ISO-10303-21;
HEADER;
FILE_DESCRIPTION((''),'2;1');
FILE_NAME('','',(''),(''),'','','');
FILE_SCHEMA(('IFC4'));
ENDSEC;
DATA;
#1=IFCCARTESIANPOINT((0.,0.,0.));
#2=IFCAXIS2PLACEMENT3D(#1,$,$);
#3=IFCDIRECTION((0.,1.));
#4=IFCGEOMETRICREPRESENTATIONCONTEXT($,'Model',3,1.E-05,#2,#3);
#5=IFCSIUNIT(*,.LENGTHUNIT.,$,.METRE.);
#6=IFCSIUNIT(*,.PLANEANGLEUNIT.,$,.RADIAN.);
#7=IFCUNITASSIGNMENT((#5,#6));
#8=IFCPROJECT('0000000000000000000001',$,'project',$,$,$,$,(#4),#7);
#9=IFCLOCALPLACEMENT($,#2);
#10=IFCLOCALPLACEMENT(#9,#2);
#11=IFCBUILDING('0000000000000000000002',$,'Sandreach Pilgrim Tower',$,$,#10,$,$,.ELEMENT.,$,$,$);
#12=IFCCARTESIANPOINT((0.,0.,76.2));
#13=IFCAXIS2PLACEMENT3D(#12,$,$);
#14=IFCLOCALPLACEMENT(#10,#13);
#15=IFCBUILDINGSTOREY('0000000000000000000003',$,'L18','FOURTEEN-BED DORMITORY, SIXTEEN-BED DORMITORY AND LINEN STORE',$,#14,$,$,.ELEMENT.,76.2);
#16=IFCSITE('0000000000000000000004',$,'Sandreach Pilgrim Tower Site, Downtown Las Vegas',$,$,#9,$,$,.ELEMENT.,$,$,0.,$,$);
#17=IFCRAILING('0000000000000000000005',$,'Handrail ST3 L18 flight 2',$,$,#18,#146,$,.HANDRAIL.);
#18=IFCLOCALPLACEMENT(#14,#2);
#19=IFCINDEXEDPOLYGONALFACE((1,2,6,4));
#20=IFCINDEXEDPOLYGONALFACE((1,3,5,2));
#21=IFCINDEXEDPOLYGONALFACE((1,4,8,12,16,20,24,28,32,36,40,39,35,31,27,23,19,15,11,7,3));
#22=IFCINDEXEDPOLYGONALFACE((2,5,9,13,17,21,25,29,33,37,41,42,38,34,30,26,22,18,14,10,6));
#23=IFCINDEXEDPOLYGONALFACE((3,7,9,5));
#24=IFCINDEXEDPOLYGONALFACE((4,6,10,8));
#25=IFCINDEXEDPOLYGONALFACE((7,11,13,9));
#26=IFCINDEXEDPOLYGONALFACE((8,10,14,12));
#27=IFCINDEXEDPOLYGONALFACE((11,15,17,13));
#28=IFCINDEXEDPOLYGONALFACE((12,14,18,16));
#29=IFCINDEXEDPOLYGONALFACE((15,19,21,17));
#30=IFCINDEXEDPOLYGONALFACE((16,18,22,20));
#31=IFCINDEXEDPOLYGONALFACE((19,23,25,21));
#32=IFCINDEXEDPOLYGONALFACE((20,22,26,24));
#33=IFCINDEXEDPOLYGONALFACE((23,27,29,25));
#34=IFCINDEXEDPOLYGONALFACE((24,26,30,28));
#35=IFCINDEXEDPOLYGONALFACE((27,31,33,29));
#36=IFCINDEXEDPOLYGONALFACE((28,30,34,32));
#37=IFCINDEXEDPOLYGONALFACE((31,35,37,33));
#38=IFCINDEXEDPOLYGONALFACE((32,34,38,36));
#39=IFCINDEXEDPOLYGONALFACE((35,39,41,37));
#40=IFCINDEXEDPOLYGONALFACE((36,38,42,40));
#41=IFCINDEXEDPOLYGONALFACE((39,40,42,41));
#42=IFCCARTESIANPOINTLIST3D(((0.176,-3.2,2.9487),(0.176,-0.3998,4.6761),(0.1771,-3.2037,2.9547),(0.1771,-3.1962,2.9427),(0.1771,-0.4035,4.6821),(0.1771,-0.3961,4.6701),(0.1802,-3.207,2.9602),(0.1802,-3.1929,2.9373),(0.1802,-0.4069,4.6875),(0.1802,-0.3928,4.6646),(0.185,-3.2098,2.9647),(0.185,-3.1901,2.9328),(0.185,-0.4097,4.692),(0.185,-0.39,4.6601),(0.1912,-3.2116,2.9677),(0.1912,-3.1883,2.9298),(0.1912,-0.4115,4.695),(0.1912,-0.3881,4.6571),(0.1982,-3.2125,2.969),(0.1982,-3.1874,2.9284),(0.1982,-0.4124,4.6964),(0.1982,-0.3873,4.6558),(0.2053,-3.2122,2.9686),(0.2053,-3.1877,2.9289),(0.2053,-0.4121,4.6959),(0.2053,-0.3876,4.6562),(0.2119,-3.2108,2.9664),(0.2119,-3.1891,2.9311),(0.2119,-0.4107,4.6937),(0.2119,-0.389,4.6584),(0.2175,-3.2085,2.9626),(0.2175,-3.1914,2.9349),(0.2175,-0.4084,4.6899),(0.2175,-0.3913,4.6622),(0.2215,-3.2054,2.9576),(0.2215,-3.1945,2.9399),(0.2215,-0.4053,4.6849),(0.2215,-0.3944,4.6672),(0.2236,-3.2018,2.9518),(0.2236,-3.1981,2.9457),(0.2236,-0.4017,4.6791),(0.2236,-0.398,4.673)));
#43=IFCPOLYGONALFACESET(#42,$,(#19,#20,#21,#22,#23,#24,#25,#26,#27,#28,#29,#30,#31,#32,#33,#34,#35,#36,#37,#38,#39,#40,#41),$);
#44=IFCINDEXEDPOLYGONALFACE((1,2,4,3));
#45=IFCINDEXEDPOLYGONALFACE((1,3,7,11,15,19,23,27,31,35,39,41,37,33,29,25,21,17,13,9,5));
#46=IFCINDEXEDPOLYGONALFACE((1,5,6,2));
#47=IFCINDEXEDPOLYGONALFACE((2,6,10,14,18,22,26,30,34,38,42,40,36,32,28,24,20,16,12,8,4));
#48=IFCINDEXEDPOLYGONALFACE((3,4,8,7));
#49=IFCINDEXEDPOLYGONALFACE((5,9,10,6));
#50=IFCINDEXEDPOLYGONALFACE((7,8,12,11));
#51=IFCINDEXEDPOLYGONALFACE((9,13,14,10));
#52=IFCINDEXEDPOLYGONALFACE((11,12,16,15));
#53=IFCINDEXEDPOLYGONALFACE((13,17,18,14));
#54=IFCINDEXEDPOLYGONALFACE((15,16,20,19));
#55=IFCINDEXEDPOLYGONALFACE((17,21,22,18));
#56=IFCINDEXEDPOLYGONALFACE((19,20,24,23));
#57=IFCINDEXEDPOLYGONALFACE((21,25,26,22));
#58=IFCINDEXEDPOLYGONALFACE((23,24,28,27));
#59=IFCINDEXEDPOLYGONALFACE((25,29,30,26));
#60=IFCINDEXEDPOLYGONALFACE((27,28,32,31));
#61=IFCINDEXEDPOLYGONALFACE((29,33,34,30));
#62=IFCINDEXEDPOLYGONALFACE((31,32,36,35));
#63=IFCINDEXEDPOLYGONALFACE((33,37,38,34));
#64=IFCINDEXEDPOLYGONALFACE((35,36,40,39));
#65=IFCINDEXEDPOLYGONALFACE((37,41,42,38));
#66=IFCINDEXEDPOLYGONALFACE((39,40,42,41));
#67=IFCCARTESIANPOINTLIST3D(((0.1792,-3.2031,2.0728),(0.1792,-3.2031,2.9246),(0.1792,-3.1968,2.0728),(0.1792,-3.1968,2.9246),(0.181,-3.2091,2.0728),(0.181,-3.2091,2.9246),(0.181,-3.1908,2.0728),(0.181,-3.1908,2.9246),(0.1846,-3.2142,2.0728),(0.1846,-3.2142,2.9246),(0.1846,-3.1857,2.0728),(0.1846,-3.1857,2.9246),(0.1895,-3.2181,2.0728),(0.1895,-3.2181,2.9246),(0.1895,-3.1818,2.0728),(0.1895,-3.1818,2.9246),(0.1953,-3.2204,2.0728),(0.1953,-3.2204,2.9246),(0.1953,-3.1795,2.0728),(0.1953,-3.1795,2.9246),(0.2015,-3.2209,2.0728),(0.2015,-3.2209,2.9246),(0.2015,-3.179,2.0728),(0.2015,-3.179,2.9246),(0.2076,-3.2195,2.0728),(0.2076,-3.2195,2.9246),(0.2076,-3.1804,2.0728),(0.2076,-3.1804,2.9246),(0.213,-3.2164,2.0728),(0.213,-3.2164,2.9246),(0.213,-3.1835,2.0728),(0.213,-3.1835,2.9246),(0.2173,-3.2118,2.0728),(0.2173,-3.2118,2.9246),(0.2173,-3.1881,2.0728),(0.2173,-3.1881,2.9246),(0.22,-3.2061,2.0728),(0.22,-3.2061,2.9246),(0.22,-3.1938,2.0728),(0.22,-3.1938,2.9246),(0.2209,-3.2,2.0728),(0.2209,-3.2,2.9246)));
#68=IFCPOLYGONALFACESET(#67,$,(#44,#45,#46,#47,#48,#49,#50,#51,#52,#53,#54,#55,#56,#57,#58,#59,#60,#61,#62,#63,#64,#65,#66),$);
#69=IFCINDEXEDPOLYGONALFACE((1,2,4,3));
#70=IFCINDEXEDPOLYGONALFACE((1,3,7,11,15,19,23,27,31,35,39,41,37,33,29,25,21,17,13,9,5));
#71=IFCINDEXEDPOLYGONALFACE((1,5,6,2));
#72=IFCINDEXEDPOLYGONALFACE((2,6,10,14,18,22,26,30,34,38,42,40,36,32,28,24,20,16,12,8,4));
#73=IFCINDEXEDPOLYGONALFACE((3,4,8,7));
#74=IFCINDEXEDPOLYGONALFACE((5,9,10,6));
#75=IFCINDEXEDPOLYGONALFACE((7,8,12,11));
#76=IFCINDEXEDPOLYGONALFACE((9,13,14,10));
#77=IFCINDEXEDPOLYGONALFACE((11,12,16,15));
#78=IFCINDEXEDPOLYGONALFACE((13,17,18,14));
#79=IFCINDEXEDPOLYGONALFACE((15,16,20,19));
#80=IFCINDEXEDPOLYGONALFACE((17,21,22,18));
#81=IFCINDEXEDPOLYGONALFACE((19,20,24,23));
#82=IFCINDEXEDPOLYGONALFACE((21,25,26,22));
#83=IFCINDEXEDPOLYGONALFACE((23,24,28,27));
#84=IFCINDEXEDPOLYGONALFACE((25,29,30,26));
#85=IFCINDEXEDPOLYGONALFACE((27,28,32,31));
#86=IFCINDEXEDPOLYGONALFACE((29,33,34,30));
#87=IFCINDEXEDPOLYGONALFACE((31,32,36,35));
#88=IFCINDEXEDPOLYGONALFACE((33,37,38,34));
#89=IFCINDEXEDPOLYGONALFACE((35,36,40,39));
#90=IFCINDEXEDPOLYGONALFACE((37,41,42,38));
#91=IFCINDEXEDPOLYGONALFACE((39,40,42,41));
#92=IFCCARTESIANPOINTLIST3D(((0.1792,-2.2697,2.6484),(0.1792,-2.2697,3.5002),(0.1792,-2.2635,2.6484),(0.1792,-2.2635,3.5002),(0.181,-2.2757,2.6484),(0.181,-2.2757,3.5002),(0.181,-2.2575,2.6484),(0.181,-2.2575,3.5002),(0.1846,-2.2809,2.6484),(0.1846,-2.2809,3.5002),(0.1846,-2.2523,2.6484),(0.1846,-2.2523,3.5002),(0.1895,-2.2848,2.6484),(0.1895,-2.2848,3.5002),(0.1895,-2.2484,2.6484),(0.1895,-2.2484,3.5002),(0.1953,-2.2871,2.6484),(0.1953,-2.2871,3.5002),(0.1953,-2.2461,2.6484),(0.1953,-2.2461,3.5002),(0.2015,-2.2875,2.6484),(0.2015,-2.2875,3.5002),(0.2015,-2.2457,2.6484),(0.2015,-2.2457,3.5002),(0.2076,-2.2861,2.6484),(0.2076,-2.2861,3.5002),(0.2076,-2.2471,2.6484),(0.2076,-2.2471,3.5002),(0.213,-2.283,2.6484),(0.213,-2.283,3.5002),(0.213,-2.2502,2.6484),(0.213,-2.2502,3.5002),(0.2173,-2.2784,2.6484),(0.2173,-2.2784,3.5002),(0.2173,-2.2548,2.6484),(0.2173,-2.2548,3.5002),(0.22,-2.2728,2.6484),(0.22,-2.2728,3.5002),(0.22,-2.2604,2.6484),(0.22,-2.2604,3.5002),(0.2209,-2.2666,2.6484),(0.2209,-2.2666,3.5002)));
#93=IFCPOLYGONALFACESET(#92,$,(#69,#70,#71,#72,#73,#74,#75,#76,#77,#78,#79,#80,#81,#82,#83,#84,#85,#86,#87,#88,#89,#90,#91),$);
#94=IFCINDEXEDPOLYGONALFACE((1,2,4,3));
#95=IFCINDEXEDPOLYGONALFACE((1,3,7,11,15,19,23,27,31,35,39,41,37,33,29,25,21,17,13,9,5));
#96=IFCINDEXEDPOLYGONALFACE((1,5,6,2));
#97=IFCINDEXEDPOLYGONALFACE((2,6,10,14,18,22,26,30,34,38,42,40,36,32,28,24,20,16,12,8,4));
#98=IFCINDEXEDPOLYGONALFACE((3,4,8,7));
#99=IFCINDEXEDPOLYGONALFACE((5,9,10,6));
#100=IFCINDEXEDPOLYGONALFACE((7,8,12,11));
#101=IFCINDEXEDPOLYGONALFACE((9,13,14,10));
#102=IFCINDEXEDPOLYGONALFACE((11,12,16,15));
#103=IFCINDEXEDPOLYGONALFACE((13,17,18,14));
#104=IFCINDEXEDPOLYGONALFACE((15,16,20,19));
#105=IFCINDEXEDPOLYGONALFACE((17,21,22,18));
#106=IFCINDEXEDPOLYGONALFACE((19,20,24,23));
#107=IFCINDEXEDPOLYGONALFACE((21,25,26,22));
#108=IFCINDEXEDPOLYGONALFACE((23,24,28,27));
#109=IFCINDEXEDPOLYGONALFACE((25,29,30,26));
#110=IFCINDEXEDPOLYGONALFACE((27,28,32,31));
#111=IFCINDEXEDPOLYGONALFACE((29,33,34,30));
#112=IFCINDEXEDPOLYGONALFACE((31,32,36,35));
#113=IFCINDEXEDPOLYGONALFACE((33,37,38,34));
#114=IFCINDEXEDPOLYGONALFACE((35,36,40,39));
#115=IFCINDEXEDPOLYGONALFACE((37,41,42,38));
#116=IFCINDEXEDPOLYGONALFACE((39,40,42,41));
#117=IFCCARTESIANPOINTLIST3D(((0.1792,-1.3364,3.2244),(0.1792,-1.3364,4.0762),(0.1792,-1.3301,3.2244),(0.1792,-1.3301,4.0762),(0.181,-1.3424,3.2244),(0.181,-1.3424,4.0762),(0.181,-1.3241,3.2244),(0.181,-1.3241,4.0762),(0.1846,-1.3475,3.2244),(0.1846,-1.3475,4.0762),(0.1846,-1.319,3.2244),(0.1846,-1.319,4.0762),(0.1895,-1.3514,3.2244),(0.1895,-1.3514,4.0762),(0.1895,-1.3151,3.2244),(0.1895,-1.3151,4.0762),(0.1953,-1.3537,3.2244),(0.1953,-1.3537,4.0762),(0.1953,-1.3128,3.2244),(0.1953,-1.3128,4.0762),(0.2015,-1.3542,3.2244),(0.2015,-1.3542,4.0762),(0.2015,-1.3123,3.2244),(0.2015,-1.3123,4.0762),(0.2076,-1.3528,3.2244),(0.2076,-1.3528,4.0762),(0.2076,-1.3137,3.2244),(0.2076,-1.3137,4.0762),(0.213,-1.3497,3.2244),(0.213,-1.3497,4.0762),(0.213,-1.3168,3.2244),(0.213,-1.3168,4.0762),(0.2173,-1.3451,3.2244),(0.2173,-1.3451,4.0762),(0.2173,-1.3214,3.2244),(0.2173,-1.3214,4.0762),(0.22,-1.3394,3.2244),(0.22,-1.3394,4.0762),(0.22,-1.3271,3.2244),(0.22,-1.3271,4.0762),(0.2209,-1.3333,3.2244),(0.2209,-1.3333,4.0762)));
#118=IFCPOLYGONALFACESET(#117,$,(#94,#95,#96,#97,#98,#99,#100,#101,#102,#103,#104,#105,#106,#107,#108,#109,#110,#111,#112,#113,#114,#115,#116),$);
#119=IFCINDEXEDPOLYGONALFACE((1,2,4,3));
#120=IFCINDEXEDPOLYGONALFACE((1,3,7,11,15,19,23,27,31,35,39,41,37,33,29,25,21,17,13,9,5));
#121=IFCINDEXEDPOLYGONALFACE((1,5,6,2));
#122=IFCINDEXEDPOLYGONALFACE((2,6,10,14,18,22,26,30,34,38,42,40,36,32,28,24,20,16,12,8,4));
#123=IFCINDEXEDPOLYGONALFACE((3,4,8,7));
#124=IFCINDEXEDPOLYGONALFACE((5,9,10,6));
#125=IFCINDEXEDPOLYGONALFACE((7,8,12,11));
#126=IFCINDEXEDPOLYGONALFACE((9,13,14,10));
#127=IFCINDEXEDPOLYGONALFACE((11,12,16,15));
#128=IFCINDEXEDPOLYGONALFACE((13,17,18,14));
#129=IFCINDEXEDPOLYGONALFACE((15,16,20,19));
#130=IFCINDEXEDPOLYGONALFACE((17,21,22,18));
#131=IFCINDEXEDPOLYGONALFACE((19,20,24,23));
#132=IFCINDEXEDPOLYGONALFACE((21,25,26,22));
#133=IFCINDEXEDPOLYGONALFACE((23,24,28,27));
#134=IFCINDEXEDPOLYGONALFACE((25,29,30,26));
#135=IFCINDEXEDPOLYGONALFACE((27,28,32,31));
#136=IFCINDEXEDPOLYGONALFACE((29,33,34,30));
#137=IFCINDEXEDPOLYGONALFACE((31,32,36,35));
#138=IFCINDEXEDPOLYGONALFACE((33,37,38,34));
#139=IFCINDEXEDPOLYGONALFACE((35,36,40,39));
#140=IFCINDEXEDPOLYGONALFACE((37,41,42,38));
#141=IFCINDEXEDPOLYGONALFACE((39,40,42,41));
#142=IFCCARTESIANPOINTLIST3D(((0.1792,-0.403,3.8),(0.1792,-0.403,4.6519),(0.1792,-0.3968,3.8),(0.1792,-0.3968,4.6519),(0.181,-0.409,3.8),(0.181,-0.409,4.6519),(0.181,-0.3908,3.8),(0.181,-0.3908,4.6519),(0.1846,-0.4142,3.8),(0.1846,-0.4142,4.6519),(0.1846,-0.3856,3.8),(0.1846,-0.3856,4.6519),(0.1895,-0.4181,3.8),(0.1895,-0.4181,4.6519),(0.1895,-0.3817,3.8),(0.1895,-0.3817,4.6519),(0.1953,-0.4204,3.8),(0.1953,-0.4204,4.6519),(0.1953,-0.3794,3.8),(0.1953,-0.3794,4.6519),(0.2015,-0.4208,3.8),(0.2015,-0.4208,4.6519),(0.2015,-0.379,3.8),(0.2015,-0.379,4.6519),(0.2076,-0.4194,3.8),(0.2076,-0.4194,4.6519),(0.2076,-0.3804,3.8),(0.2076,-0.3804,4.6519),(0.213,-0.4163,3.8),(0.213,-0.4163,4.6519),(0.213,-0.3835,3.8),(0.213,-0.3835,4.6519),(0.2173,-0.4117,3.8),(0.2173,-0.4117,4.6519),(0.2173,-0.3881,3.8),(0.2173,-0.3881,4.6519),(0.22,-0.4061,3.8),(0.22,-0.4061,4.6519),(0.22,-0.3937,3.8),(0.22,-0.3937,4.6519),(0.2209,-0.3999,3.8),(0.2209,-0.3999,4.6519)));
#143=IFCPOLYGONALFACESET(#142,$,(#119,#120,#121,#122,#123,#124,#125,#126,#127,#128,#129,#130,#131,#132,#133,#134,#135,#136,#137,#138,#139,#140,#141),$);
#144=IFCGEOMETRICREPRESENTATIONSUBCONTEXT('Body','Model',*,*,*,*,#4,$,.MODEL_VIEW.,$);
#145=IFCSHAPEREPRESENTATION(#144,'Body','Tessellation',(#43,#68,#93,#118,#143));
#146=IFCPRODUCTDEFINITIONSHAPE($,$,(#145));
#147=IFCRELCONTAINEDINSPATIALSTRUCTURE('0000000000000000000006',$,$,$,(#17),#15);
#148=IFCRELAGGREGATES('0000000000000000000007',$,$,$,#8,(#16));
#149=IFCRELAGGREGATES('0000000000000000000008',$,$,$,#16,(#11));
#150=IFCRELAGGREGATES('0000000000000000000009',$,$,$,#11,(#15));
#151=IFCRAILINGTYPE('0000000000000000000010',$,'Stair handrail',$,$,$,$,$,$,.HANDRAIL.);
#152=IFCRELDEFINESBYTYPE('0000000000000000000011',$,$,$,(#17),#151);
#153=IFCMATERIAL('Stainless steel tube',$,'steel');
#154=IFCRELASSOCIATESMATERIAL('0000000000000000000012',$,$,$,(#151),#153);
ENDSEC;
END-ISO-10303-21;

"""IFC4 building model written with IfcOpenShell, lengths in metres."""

from ifc_helpers import new_model, si_unit, direction, frame, origin, origin_2d, place, context, subcontext, project, spatial, circle, extrude, material, type_object, element, save


model = new_model("IFC4")

# Units and contexts
model_context = context("Model", 3, precision=1e-05, world=origin(), true_north=direction((0.0, 1.0)))
body_context = subcontext(model_context, "Body", "Model", "MODEL_VIEW")
ifc_project = project(units=[si_unit("LENGTHUNIT", "METRE"), si_unit("PLANEANGLEUNIT", "RADIAN")], contexts=[model_context])

# Site, building, storey
site_placement = place(None, origin())
site = spatial("IfcSite", under=ifc_project, at=site_placement, Name="Sandreach Pilgrim Tower Site, Downtown Las Vegas", CompositionType="ELEMENT", RefElevation=0.0)
building_placement = place(site_placement, origin())
building = spatial("IfcBuilding", under=site, at=building_placement, Name="Sandreach Pilgrim Tower", CompositionType="ELEMENT")
storey_placement = place(building_placement, frame((0.0, 0.0, 76.2)))
storey = spatial("IfcBuildingStorey", under=building, at=storey_placement, Name="L18", Description="FOURTEEN-BED DORMITORY, SIXTEEN-BED DORMITORY AND LINEN STORE", CompositionType="ELEMENT", Elevation=76.2)

# Railing
ifc_material_1 = material(Name="Stainless steel tube", Category="steel")
railing_type = type_object("IfcRailingType", Name="Stair handrail", PredefinedType="HANDRAIL", material=ifc_material_1)
for number, where, name in (
    (1, (0.2, -3.2, 2.0728), "Handrail ST3 L18 flight 2"),
):
    element("IfcRailing", number, at=place(storey_placement, frame(where)), inside=storey, type_object=railing_type, Name=name, PredefinedType="HANDRAIL", context=body_context, shape_type="SweptSolid", body=[
        extrude(circle(Radius=0.0239, at=origin_2d()), frame((0.0, 0.0, 0.876), z_axis=(0.0, 0.85109, 0.52502), x_axis=(-1.0, 0.0, 0.0)), (0.0, 0.0, 1.0), 3.29),
        extrude(circle(Radius=0.021, at=origin_2d()), origin(), (0.0, 0.0, 1.0), 0.8518),
        extrude(circle(Radius=0.021, at=origin_2d()), frame((0.0, 0.9333, 0.5757)), (0.0, 0.0, 1.0), 0.8518),
        extrude(circle(Radius=0.021, at=origin_2d()), frame((0.0, 1.8667, 1.1516)), (0.0, 0.0, 1.0), 0.8518),
        extrude(circle(Radius=0.021, at=origin_2d()), frame((0.0, 2.8, 1.7273)), (0.0, 0.0, 1.0), 0.8518),
    ])

save(model, "model.ifc")
